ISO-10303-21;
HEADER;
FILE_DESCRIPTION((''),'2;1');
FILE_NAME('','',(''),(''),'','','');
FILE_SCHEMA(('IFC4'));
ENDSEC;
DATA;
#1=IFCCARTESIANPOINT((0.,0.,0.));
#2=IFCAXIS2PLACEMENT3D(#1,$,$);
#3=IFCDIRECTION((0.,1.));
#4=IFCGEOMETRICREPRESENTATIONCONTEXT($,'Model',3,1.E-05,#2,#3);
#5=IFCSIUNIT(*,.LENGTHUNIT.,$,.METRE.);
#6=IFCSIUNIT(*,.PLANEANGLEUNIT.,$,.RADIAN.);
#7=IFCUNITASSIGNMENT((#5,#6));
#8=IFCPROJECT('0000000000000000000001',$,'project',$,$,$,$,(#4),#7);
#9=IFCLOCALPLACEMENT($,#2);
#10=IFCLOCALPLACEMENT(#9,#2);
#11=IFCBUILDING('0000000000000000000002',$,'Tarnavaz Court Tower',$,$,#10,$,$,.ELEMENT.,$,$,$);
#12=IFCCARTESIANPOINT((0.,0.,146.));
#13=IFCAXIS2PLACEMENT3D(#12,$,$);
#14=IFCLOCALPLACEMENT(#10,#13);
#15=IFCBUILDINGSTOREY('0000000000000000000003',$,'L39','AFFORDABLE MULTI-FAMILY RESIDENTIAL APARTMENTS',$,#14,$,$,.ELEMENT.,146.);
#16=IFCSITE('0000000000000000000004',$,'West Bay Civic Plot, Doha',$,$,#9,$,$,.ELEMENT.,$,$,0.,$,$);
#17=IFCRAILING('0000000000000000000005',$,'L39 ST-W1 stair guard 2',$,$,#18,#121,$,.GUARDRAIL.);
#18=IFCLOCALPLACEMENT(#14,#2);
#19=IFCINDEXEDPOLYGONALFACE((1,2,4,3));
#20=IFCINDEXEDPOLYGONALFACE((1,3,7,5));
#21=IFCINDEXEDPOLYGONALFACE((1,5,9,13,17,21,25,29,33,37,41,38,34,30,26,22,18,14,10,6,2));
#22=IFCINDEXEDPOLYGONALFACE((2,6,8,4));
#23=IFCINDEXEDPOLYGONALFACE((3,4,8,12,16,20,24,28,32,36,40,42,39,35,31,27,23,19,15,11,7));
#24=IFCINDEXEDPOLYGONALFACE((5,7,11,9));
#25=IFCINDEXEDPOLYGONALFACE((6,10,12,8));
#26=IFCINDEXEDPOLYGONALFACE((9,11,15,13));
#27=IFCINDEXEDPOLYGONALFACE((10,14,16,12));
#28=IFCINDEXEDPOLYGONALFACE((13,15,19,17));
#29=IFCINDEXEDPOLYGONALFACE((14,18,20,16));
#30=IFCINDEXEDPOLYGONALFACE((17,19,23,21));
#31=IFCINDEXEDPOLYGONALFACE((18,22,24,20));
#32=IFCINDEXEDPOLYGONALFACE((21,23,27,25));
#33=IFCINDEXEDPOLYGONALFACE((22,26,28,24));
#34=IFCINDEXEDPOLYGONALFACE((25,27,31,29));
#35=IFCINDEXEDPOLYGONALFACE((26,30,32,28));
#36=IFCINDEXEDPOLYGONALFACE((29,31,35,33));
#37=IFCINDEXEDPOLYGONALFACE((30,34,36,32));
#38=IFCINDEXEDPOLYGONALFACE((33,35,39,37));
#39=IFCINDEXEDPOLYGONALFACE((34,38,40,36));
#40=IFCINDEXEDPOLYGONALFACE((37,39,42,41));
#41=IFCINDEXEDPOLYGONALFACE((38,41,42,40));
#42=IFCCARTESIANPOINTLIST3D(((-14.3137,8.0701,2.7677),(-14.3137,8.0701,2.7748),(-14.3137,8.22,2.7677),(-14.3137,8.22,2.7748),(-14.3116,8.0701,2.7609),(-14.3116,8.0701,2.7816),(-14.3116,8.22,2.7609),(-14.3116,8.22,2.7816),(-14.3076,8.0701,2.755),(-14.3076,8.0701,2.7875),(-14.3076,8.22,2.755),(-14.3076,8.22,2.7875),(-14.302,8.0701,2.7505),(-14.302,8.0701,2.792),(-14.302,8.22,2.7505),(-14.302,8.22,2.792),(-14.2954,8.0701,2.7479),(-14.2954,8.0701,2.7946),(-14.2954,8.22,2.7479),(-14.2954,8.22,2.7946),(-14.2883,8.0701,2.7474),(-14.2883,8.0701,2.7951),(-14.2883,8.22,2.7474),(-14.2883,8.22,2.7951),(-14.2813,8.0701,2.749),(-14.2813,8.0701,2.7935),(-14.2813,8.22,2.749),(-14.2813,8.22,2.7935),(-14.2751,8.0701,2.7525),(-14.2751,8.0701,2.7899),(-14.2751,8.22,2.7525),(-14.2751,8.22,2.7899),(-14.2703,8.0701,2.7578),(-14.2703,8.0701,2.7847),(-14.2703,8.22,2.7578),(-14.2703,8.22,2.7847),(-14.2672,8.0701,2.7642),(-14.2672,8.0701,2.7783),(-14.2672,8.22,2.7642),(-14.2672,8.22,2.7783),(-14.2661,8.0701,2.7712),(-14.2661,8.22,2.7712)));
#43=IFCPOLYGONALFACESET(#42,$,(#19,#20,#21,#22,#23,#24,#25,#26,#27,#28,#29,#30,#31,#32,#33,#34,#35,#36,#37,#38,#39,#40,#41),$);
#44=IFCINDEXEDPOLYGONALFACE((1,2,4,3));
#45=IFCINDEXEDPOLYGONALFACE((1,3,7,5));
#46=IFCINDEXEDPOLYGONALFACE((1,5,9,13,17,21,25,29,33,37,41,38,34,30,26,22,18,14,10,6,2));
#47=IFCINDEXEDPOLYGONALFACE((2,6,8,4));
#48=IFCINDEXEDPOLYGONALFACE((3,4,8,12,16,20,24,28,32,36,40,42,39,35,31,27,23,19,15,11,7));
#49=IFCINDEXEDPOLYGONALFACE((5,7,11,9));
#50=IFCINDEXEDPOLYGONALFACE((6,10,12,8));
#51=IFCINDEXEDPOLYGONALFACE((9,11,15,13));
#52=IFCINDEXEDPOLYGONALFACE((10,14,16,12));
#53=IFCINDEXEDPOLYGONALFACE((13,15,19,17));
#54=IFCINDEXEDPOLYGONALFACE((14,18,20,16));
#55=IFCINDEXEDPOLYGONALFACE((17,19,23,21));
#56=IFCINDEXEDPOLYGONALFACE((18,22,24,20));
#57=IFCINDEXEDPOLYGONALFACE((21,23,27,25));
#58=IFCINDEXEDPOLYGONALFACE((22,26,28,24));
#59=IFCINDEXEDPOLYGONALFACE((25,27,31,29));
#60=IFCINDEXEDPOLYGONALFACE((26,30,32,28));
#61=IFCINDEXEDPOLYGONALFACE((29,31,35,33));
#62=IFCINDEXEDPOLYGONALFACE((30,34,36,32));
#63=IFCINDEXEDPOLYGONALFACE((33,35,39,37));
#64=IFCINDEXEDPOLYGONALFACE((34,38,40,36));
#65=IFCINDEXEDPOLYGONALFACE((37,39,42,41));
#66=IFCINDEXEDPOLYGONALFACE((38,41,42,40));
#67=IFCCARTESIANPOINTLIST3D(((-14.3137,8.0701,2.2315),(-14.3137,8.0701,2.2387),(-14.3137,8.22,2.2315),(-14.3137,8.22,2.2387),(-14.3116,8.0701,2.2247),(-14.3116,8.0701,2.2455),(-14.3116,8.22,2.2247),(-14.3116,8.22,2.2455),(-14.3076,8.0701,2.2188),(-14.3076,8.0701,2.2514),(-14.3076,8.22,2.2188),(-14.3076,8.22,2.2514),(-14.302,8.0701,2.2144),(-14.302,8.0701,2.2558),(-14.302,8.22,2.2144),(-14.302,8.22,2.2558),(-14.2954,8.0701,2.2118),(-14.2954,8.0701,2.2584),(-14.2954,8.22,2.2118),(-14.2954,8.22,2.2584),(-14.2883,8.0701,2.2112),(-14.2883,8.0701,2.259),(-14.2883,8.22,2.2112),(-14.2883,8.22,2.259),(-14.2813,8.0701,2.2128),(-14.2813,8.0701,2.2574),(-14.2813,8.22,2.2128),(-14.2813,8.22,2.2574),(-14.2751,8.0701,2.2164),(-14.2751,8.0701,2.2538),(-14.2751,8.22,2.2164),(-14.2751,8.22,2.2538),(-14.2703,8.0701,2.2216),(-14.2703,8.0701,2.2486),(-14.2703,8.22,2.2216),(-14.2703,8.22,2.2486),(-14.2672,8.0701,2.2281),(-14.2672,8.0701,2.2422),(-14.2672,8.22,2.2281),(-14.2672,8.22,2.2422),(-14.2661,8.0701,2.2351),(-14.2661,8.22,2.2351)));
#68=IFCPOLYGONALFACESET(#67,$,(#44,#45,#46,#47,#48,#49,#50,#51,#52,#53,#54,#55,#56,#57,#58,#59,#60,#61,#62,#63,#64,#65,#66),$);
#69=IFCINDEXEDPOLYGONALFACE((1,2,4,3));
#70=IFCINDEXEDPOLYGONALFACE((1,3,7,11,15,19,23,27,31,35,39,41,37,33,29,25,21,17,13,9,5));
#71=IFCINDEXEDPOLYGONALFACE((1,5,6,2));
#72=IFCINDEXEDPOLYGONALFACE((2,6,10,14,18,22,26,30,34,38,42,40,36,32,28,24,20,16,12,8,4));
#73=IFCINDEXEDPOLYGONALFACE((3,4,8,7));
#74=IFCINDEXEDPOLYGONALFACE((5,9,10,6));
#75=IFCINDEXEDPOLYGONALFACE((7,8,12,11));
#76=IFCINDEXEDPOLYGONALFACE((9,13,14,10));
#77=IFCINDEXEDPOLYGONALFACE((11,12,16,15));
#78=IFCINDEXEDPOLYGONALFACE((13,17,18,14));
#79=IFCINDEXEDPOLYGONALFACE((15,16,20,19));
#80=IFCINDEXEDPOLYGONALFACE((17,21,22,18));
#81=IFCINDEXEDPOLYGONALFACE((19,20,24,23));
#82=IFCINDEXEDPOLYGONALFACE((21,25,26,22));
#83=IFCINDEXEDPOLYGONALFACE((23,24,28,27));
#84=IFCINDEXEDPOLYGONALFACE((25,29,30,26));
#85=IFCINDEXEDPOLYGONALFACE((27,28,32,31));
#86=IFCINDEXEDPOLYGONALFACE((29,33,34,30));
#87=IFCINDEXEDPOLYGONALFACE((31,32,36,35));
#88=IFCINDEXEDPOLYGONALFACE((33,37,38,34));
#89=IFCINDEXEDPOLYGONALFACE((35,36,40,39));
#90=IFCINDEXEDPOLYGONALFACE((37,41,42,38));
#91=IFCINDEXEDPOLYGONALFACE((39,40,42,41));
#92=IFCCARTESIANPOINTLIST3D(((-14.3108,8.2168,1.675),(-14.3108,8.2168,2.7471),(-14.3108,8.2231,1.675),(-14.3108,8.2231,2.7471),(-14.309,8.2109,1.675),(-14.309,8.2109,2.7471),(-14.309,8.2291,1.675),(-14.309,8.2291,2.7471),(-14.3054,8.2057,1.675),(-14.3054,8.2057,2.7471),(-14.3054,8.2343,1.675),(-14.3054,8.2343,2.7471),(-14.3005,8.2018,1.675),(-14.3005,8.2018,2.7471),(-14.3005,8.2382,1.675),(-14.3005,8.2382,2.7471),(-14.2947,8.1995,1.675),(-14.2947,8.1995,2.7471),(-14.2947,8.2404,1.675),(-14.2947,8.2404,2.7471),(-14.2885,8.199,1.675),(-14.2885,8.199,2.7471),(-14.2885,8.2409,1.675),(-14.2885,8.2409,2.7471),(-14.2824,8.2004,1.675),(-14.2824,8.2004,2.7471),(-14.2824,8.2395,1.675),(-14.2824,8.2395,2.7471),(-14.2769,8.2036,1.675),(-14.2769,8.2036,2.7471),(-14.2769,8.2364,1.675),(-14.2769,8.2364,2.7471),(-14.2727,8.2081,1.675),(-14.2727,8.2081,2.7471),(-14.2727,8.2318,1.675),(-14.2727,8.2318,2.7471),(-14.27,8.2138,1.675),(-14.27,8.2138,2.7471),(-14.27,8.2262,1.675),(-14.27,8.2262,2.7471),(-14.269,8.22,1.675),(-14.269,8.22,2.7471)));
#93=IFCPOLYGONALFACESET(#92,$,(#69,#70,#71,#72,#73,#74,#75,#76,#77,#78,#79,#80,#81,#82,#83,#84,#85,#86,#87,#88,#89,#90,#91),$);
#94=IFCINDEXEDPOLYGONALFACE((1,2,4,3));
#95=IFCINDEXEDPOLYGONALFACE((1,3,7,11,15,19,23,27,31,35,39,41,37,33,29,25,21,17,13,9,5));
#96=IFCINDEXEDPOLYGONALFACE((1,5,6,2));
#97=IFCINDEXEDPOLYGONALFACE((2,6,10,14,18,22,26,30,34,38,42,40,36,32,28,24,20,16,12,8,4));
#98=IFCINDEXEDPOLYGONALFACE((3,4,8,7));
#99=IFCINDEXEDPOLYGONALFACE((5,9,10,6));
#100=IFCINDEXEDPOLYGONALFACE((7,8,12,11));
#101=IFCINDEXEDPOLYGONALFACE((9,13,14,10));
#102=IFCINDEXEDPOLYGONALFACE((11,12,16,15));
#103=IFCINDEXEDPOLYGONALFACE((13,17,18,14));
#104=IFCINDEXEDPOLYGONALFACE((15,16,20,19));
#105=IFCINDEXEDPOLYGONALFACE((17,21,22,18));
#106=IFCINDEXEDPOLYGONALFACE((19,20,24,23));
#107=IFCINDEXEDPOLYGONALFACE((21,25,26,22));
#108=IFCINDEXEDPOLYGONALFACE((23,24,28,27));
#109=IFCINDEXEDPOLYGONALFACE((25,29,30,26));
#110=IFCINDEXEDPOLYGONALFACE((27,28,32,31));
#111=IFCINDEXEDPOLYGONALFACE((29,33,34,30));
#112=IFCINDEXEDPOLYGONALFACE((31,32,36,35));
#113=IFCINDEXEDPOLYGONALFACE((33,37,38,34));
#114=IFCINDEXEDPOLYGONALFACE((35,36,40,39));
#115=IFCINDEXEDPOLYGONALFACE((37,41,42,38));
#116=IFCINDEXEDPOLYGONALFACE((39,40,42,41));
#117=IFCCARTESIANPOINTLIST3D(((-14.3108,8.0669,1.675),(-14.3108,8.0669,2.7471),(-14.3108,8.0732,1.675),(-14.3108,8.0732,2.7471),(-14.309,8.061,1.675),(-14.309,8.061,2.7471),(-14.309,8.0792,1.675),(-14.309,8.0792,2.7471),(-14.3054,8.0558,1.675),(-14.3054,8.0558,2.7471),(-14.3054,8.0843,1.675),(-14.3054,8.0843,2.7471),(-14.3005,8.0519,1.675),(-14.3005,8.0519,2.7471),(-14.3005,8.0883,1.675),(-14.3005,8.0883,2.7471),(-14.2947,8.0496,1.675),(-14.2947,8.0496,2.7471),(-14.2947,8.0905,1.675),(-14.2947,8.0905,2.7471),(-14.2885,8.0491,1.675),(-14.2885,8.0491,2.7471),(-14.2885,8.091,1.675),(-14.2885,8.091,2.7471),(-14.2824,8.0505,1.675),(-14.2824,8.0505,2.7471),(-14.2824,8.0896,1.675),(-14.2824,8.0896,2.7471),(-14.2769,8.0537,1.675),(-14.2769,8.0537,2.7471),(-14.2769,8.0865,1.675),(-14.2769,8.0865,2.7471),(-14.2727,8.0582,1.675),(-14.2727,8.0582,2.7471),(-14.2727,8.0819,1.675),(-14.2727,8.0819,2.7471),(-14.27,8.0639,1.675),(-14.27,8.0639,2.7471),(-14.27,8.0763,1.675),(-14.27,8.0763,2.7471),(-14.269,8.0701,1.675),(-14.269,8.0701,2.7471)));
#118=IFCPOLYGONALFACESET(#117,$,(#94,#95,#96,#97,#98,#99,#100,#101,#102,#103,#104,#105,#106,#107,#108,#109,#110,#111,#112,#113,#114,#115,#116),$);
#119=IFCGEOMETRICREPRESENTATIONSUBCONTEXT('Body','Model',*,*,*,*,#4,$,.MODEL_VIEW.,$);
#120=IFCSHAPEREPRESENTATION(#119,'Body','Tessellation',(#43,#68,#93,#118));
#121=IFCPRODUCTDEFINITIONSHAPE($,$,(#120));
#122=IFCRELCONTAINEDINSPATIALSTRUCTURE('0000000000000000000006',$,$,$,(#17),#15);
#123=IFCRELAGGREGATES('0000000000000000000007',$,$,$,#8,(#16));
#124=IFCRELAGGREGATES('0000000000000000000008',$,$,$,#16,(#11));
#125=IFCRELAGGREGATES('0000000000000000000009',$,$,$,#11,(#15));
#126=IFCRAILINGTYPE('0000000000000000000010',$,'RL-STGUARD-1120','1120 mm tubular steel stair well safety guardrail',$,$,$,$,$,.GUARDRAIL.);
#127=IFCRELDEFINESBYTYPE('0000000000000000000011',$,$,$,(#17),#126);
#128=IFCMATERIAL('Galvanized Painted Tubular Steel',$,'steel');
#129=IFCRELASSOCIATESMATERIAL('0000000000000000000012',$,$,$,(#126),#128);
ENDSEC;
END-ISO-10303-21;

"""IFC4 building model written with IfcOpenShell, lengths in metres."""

from ifc_helpers import new_model, si_unit, direction, frame, origin, origin_2d, place, context, subcontext, project, spatial, circle, extrude, material, type_object, element, save


model = new_model("IFC4")

# Units and contexts
model_context = context("Model", 3, precision=1e-05, world=origin(), true_north=direction((0.0, 1.0)))
body_context = subcontext(model_context, "Body", "Model", "MODEL_VIEW")
ifc_project = project(units=[si_unit("LENGTHUNIT", "METRE"), si_unit("PLANEANGLEUNIT", "RADIAN")], contexts=[model_context])

# Site, building, storey
site_placement = place(None, origin())
site = spatial("IfcSite", under=ifc_project, at=site_placement, Name="West Bay Civic Plot, Doha", CompositionType="ELEMENT", RefElevation=0.0)
building_placement = place(site_placement, origin())
building = spatial("IfcBuilding", under=site, at=building_placement, Name="Tarnavaz Court Tower", CompositionType="ELEMENT")
storey_placement = place(building_placement, frame((0.0, 0.0, 146.0)))
storey = spatial("IfcBuildingStorey", under=building, at=storey_placement, Name="L39", Description="AFFORDABLE MULTI-FAMILY RESIDENTIAL APARTMENTS", CompositionType="ELEMENT", Elevation=146.0)

# Railing
ifc_material_1 = material(Name="Galvanized Painted Tubular Steel", Category="steel")
railing_type_1 = type_object("IfcRailingType", Name="RL-STGUARD-1120", Description="1120 mm tubular steel stair well safety guardrail", PredefinedType="GUARDRAIL", material=ifc_material_1)
railing_1_placement = place(storey_placement, frame((-14.29, 8.22, 1.675)))
element("IfcRailing", 1, at=railing_1_placement, inside=storey, type_object=railing_type_1, Name="L39 ST-W1 stair guard 2", PredefinedType="GUARDRAIL", context=body_context, shape_type="SweptSolid", body=[
    extrude(circle(Radius=0.0239, at=origin_2d()), frame((0.0, 0.0, 1.0962), z_axis=(0.0, -1.0, 0.0), x_axis=(1.0, 0.0, 0.0)), (0.0, 0.0, 1.0), 0.1499),
    extrude(circle(Radius=0.0239, at=origin_2d()), frame((0.0, 0.0, 0.5601), z_axis=(0.0, -1.0, 0.0), x_axis=(1.0, 0.0, 0.0)), (0.0, 0.0, 1.0), 0.1499),
    extrude(circle(Radius=0.021, at=origin_2d()), origin(), (0.0, 0.0, 1.0), 1.072),
    extrude(circle(Radius=0.021, at=origin_2d()), frame((0.0, -0.1499, 0.0)), (0.0, 0.0, 1.0), 1.072),
])

save(model, "model.ifc")
